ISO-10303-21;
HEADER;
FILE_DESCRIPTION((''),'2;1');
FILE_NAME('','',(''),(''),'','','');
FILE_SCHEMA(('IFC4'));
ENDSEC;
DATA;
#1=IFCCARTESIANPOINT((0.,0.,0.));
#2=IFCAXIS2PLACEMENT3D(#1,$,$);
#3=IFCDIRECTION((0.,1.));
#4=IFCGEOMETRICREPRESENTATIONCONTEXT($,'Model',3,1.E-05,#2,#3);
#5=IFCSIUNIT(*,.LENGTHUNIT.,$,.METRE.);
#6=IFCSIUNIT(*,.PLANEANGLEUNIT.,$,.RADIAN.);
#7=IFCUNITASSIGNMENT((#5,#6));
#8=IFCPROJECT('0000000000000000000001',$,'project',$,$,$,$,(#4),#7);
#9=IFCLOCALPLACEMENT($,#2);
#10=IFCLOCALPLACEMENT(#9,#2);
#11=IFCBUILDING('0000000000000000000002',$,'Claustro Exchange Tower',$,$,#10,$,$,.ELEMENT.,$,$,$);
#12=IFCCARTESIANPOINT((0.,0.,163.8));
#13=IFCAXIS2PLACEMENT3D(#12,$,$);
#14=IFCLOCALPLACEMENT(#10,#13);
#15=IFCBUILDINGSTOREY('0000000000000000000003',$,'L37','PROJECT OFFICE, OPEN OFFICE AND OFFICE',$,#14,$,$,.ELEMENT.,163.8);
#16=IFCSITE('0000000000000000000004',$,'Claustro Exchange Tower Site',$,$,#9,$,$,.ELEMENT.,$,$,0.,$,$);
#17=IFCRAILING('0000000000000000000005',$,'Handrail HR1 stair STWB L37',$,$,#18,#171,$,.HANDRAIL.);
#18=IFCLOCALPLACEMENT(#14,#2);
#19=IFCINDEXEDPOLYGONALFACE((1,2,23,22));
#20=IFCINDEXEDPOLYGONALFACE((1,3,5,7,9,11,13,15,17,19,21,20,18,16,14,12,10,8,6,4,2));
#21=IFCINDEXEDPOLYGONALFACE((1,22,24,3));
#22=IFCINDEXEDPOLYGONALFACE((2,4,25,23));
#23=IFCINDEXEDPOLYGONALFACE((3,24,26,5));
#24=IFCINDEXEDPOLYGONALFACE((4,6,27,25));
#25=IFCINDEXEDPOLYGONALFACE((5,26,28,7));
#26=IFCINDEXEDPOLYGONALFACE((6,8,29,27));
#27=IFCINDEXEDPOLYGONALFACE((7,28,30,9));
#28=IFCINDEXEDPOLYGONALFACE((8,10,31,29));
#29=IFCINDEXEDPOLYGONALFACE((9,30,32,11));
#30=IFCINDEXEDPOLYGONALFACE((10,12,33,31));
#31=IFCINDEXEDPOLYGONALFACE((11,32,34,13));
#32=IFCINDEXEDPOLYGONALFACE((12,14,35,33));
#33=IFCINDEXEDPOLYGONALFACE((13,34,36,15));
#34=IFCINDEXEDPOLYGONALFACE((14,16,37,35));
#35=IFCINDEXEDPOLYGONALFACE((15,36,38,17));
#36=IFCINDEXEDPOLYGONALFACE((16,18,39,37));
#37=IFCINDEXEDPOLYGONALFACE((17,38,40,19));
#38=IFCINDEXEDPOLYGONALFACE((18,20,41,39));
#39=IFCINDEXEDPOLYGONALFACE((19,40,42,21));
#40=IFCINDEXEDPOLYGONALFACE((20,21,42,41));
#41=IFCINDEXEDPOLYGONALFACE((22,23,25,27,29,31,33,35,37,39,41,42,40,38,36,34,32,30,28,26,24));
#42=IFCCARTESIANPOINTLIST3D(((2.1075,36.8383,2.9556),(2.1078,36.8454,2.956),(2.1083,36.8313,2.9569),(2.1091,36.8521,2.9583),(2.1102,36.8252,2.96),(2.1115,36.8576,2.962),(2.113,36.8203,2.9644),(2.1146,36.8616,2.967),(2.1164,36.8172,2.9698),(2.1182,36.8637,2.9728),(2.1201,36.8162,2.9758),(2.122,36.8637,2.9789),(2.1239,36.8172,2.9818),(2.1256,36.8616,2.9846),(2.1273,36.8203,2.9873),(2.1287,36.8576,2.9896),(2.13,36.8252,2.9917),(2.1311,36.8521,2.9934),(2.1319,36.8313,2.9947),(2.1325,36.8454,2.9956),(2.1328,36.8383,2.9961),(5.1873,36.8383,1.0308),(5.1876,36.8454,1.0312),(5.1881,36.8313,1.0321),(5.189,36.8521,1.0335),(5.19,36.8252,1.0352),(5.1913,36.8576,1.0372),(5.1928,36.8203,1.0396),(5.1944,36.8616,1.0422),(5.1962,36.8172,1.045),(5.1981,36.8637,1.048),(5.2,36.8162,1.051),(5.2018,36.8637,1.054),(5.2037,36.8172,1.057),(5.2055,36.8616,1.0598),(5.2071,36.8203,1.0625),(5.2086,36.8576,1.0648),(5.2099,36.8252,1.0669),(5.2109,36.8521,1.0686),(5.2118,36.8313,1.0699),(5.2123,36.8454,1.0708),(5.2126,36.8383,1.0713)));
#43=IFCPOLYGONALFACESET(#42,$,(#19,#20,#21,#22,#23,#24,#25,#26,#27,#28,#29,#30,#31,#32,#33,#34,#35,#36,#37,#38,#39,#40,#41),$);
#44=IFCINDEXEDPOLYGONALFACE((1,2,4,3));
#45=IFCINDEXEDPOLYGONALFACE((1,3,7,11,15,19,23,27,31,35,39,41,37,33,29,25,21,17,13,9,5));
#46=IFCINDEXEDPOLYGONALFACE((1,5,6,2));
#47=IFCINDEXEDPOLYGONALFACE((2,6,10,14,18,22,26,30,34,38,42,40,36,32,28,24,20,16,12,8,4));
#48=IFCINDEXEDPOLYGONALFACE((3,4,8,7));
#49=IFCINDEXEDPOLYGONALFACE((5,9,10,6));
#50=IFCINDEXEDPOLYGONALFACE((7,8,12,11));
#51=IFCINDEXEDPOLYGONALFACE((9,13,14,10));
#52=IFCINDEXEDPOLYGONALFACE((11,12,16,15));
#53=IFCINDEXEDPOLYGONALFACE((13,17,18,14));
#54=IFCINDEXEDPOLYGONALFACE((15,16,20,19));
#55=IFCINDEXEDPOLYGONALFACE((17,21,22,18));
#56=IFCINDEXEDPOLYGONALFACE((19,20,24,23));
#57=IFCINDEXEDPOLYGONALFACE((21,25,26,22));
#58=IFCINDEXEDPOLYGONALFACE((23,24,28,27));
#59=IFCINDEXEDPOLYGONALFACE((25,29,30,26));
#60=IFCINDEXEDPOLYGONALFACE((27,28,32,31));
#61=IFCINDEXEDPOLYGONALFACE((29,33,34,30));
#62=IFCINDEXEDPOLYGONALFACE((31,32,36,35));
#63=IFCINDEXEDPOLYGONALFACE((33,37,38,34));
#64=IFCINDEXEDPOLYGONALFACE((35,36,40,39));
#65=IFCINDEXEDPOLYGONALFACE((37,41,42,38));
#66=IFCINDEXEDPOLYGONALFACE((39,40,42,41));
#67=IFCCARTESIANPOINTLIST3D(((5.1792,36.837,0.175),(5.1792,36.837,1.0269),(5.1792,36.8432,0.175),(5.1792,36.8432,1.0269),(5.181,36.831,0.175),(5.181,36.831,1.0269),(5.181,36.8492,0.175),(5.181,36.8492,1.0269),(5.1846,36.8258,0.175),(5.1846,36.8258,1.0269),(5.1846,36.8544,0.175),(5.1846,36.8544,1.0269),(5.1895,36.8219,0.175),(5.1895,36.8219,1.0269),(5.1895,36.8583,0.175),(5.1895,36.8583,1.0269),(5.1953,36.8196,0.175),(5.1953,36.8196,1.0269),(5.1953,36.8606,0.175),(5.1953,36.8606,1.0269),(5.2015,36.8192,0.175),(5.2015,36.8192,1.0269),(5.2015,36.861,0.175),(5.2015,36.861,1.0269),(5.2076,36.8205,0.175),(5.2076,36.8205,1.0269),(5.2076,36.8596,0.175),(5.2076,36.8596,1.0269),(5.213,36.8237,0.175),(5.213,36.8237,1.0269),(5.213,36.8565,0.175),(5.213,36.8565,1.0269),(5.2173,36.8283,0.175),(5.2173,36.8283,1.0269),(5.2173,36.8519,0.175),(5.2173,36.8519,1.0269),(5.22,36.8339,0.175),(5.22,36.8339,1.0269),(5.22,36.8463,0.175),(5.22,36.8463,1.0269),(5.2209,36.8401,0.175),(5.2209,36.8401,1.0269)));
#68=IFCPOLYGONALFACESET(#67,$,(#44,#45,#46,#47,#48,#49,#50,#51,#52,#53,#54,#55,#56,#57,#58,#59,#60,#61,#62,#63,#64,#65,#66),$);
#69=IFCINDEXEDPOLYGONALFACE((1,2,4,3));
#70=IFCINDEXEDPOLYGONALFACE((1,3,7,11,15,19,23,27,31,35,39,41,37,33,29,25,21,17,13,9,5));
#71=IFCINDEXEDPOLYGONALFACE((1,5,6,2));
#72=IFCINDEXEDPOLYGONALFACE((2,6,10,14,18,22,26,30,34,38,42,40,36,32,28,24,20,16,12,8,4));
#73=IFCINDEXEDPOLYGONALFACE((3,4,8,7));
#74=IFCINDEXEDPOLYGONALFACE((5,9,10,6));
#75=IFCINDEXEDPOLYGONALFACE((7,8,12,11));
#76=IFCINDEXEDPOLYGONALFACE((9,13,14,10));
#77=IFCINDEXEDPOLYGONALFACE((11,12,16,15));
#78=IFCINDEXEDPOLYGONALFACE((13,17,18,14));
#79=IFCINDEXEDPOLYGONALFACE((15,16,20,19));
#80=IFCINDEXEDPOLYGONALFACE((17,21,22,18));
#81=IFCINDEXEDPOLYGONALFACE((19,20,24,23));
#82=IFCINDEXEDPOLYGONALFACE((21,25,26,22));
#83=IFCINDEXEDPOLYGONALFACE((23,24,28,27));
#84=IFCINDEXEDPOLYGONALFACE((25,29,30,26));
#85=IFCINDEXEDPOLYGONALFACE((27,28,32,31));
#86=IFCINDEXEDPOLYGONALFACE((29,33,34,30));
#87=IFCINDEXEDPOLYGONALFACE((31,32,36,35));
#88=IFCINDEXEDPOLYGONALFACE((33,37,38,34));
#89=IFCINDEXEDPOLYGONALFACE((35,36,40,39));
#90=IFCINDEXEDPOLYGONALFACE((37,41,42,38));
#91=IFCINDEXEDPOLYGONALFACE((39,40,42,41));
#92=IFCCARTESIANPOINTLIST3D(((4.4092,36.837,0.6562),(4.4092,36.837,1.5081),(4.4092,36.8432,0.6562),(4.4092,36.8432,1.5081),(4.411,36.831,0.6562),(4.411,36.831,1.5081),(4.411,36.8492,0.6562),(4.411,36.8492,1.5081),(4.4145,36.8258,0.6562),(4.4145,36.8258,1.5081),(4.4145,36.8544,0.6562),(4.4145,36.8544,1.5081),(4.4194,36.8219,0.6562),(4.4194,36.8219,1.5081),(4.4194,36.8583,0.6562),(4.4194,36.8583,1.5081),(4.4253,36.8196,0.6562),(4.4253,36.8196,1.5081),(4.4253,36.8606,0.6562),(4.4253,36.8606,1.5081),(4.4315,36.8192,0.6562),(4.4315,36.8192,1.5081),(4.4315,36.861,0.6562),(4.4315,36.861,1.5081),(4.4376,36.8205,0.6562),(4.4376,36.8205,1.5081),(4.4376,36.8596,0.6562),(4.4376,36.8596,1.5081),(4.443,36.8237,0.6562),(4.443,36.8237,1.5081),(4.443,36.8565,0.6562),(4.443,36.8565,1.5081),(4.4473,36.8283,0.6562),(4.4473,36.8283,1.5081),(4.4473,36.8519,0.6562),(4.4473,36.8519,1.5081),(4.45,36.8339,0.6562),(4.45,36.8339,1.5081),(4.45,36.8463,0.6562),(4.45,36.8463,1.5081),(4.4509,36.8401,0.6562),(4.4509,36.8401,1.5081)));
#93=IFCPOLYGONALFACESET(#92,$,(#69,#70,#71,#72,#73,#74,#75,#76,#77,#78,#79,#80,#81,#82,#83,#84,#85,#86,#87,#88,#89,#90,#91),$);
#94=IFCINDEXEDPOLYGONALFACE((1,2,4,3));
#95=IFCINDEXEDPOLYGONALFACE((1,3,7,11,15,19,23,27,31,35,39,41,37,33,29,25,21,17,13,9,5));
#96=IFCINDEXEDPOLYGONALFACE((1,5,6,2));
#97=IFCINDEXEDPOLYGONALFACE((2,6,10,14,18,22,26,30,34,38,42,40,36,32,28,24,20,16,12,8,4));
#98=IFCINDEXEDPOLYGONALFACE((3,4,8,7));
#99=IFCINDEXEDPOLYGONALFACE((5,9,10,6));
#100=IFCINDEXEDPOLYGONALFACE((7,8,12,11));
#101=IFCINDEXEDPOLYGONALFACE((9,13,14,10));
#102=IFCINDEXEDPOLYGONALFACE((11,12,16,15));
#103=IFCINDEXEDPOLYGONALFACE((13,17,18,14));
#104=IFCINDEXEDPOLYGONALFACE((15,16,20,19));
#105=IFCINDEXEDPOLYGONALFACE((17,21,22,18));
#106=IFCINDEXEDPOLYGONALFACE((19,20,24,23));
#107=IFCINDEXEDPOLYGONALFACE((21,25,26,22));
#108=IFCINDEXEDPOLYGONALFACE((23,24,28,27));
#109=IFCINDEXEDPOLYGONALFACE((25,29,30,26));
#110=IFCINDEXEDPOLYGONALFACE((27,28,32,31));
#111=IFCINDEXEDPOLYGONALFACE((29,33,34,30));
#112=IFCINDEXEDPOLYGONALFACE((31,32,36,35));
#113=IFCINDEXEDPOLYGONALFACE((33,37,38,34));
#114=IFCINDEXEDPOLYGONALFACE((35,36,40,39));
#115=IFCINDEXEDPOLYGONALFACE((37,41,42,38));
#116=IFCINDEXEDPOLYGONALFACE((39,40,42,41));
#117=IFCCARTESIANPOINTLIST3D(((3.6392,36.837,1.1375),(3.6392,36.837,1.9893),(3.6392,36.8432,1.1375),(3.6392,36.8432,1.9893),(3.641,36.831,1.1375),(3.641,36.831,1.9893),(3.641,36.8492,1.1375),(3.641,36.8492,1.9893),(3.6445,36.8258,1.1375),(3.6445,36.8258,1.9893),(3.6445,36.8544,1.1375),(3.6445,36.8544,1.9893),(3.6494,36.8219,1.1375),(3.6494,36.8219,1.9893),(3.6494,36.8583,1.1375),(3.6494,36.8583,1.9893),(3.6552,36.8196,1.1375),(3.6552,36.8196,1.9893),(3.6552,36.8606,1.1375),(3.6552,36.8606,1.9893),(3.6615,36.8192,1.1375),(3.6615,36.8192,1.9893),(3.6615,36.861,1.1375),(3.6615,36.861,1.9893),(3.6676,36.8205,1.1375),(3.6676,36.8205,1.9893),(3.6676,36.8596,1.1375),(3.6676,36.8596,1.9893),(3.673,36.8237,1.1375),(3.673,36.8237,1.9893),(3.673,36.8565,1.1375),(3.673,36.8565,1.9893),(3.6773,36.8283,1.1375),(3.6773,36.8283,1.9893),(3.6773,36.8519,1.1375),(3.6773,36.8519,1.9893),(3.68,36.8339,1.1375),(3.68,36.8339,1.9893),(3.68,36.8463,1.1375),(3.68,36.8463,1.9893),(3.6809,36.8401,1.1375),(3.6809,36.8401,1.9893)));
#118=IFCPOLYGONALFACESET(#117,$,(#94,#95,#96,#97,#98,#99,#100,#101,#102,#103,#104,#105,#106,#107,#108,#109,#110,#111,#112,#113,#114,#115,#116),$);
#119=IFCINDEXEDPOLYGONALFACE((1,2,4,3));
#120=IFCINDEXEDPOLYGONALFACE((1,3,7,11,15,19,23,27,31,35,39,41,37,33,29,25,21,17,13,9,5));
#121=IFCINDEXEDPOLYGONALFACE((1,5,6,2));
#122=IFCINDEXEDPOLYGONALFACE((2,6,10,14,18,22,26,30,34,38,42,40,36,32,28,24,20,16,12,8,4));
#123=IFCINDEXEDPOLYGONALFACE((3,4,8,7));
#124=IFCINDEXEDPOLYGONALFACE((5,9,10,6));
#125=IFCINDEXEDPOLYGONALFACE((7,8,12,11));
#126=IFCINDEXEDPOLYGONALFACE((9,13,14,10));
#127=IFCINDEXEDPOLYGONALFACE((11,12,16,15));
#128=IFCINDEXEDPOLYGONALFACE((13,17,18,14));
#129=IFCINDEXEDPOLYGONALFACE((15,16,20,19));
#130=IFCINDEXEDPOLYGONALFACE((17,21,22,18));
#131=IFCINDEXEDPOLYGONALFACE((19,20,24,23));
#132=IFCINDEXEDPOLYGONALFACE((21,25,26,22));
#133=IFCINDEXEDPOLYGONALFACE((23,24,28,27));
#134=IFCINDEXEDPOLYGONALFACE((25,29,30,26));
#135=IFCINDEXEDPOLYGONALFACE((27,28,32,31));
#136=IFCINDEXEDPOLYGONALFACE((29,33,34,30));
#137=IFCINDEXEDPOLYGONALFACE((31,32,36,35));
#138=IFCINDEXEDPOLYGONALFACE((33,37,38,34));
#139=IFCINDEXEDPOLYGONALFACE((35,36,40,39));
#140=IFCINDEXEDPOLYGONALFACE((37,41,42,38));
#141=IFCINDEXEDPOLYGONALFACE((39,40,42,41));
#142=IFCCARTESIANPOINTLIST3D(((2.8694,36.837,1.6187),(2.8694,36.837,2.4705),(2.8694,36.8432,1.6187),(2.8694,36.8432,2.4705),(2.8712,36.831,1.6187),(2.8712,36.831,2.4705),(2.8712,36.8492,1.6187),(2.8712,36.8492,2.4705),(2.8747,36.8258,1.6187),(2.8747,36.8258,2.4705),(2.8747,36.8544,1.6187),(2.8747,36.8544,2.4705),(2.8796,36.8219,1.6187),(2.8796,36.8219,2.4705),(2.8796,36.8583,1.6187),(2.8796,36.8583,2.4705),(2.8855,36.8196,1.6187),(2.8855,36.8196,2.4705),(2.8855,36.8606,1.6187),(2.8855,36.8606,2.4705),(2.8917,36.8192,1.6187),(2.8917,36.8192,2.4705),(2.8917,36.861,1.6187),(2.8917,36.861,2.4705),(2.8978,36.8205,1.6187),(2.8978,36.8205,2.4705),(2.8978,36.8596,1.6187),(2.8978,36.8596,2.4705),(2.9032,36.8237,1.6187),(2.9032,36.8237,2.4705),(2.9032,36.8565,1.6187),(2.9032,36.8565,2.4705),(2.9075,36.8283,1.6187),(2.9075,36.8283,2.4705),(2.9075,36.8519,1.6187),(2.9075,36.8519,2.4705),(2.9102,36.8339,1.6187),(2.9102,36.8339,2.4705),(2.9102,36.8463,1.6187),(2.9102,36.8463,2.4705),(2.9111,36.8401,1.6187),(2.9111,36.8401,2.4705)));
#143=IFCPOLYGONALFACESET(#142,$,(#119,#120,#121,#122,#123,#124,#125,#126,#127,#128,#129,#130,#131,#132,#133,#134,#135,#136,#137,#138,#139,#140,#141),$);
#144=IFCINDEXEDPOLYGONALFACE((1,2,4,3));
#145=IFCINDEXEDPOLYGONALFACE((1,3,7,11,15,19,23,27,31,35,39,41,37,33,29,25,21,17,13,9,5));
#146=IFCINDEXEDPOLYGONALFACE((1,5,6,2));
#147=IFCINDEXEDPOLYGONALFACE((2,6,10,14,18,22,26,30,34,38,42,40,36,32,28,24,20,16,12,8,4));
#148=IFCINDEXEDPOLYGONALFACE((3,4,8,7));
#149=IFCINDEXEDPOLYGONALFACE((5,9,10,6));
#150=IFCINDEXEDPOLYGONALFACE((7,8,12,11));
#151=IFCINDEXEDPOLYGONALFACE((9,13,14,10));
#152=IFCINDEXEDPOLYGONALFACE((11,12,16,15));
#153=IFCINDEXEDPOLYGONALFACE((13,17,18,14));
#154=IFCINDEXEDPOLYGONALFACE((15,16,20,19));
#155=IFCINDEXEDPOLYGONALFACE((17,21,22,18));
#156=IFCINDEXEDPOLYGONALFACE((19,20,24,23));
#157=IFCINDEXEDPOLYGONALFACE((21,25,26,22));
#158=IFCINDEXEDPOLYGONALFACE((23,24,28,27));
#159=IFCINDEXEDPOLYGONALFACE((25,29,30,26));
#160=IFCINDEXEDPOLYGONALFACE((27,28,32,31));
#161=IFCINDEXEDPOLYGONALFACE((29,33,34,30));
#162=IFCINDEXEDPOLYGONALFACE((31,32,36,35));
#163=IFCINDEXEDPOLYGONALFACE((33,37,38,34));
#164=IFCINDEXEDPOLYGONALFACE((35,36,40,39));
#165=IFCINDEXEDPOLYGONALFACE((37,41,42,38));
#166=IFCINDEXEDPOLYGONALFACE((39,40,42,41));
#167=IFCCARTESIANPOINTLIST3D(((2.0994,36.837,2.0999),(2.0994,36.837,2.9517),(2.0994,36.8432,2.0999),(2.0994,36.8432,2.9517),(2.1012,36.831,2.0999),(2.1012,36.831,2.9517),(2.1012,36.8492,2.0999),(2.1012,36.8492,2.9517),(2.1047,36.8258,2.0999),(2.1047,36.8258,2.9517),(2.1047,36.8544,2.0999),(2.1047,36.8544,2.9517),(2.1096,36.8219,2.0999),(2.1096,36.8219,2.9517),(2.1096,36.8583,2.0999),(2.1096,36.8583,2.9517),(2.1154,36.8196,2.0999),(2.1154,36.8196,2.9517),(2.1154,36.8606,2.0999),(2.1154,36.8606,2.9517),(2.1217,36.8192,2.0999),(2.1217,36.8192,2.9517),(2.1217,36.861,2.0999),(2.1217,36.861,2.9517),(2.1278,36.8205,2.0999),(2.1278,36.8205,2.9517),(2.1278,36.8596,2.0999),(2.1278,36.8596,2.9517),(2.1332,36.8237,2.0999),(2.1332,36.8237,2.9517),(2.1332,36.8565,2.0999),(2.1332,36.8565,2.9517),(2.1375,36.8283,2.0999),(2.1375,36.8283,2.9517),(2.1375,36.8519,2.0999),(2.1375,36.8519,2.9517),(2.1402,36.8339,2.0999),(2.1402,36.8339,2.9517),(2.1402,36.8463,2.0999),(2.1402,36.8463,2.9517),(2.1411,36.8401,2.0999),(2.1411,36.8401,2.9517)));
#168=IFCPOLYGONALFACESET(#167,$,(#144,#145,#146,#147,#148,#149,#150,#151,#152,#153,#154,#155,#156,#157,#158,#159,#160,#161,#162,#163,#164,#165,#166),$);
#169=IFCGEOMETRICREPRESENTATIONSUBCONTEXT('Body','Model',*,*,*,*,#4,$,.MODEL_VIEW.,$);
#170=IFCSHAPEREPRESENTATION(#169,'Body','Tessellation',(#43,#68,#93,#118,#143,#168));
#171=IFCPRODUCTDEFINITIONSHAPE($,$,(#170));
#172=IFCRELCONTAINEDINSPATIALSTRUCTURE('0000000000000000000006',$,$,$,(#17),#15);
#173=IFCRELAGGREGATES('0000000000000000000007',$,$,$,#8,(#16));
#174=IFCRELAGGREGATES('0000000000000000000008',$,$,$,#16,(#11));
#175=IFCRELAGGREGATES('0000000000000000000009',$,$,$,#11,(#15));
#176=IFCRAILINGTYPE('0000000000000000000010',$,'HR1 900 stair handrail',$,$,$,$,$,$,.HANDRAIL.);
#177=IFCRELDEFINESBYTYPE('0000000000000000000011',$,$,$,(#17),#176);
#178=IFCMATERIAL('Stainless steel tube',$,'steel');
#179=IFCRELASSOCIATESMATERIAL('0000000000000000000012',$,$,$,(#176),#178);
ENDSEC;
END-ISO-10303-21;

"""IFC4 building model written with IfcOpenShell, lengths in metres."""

from ifc_helpers import new_model, si_unit, direction, frame, origin, origin_2d, place, context, subcontext, project, spatial, circle, extrude, material, type_object, element, save


model = new_model("IFC4")

# Units and contexts
model_context = context("Model", 3, precision=1e-05, world=origin(), true_north=direction((0.0, 1.0)))
body_context = subcontext(model_context, "Body", "Model", "MODEL_VIEW")
ifc_project = project(units=[si_unit("LENGTHUNIT", "METRE"), si_unit("PLANEANGLEUNIT", "RADIAN")], contexts=[model_context])

# Site, building, storey
site_placement = place(None, origin())
site = spatial("IfcSite", under=ifc_project, at=site_placement, Name="Claustro Exchange Tower Site", CompositionType="ELEMENT", RefElevation=0.0)
building_placement = place(site_placement, origin())
building = spatial("IfcBuilding", under=site, at=building_placement, Name="Claustro Exchange Tower", CompositionType="ELEMENT")
storey_placement = place(building_placement, frame((0.0, 0.0, 163.8)))
storey = spatial("IfcBuildingStorey", under=building, at=storey_placement, Name="L37", Description="PROJECT OFFICE, OPEN OFFICE AND OFFICE", CompositionType="ELEMENT", Elevation=163.8)

# Railing
ifc_material_1 = material(Name="Stainless steel tube", Category="steel")
railing_type_1 = type_object("IfcRailingType", Name="HR1 900 stair handrail", PredefinedType="HANDRAIL", material=ifc_material_1)
railing_1_placement = place(storey_placement, frame((5.2, 36.8401, 0.175)))
element("IfcRailing", 1, at=railing_1_placement, inside=storey, type_object=railing_type_1, Name="Handrail HR1 stair STWB L37", PredefinedType="HANDRAIL", context=body_context, shape_type="SweptSolid", body=[
    extrude(circle(Radius=0.0239, at=origin_2d()), frame((0.0, 0.0, 0.876), z_axis=(-0.84801, 0.0, 0.529981), x_axis=(0.0, -1.0, 0.0)), (0.0, 0.0, 1.0), 3.6318),
    extrude(circle(Radius=0.021, at=origin_2d()), origin(), (0.0, 0.0, 1.0), 0.8518),
    extrude(circle(Radius=0.021, at=origin_2d()), frame((-0.77, 0.0, 0.4812)), (0.0, 0.0, 1.0), 0.8518),
    extrude(circle(Radius=0.021, at=origin_2d()), frame((-1.54, 0.0, 0.9624)), (0.0, 0.0, 1.0), 0.8518),
    extrude(circle(Radius=0.021, at=origin_2d()), frame((-2.3098, 0.0, 1.4436)), (0.0, 0.0, 1.0), 0.8518),
    extrude(circle(Radius=0.021, at=origin_2d()), frame((-3.0798, 0.0, 1.9248)), (0.0, 0.0, 1.0), 0.8518),
])

save(model, "model.ifc")
